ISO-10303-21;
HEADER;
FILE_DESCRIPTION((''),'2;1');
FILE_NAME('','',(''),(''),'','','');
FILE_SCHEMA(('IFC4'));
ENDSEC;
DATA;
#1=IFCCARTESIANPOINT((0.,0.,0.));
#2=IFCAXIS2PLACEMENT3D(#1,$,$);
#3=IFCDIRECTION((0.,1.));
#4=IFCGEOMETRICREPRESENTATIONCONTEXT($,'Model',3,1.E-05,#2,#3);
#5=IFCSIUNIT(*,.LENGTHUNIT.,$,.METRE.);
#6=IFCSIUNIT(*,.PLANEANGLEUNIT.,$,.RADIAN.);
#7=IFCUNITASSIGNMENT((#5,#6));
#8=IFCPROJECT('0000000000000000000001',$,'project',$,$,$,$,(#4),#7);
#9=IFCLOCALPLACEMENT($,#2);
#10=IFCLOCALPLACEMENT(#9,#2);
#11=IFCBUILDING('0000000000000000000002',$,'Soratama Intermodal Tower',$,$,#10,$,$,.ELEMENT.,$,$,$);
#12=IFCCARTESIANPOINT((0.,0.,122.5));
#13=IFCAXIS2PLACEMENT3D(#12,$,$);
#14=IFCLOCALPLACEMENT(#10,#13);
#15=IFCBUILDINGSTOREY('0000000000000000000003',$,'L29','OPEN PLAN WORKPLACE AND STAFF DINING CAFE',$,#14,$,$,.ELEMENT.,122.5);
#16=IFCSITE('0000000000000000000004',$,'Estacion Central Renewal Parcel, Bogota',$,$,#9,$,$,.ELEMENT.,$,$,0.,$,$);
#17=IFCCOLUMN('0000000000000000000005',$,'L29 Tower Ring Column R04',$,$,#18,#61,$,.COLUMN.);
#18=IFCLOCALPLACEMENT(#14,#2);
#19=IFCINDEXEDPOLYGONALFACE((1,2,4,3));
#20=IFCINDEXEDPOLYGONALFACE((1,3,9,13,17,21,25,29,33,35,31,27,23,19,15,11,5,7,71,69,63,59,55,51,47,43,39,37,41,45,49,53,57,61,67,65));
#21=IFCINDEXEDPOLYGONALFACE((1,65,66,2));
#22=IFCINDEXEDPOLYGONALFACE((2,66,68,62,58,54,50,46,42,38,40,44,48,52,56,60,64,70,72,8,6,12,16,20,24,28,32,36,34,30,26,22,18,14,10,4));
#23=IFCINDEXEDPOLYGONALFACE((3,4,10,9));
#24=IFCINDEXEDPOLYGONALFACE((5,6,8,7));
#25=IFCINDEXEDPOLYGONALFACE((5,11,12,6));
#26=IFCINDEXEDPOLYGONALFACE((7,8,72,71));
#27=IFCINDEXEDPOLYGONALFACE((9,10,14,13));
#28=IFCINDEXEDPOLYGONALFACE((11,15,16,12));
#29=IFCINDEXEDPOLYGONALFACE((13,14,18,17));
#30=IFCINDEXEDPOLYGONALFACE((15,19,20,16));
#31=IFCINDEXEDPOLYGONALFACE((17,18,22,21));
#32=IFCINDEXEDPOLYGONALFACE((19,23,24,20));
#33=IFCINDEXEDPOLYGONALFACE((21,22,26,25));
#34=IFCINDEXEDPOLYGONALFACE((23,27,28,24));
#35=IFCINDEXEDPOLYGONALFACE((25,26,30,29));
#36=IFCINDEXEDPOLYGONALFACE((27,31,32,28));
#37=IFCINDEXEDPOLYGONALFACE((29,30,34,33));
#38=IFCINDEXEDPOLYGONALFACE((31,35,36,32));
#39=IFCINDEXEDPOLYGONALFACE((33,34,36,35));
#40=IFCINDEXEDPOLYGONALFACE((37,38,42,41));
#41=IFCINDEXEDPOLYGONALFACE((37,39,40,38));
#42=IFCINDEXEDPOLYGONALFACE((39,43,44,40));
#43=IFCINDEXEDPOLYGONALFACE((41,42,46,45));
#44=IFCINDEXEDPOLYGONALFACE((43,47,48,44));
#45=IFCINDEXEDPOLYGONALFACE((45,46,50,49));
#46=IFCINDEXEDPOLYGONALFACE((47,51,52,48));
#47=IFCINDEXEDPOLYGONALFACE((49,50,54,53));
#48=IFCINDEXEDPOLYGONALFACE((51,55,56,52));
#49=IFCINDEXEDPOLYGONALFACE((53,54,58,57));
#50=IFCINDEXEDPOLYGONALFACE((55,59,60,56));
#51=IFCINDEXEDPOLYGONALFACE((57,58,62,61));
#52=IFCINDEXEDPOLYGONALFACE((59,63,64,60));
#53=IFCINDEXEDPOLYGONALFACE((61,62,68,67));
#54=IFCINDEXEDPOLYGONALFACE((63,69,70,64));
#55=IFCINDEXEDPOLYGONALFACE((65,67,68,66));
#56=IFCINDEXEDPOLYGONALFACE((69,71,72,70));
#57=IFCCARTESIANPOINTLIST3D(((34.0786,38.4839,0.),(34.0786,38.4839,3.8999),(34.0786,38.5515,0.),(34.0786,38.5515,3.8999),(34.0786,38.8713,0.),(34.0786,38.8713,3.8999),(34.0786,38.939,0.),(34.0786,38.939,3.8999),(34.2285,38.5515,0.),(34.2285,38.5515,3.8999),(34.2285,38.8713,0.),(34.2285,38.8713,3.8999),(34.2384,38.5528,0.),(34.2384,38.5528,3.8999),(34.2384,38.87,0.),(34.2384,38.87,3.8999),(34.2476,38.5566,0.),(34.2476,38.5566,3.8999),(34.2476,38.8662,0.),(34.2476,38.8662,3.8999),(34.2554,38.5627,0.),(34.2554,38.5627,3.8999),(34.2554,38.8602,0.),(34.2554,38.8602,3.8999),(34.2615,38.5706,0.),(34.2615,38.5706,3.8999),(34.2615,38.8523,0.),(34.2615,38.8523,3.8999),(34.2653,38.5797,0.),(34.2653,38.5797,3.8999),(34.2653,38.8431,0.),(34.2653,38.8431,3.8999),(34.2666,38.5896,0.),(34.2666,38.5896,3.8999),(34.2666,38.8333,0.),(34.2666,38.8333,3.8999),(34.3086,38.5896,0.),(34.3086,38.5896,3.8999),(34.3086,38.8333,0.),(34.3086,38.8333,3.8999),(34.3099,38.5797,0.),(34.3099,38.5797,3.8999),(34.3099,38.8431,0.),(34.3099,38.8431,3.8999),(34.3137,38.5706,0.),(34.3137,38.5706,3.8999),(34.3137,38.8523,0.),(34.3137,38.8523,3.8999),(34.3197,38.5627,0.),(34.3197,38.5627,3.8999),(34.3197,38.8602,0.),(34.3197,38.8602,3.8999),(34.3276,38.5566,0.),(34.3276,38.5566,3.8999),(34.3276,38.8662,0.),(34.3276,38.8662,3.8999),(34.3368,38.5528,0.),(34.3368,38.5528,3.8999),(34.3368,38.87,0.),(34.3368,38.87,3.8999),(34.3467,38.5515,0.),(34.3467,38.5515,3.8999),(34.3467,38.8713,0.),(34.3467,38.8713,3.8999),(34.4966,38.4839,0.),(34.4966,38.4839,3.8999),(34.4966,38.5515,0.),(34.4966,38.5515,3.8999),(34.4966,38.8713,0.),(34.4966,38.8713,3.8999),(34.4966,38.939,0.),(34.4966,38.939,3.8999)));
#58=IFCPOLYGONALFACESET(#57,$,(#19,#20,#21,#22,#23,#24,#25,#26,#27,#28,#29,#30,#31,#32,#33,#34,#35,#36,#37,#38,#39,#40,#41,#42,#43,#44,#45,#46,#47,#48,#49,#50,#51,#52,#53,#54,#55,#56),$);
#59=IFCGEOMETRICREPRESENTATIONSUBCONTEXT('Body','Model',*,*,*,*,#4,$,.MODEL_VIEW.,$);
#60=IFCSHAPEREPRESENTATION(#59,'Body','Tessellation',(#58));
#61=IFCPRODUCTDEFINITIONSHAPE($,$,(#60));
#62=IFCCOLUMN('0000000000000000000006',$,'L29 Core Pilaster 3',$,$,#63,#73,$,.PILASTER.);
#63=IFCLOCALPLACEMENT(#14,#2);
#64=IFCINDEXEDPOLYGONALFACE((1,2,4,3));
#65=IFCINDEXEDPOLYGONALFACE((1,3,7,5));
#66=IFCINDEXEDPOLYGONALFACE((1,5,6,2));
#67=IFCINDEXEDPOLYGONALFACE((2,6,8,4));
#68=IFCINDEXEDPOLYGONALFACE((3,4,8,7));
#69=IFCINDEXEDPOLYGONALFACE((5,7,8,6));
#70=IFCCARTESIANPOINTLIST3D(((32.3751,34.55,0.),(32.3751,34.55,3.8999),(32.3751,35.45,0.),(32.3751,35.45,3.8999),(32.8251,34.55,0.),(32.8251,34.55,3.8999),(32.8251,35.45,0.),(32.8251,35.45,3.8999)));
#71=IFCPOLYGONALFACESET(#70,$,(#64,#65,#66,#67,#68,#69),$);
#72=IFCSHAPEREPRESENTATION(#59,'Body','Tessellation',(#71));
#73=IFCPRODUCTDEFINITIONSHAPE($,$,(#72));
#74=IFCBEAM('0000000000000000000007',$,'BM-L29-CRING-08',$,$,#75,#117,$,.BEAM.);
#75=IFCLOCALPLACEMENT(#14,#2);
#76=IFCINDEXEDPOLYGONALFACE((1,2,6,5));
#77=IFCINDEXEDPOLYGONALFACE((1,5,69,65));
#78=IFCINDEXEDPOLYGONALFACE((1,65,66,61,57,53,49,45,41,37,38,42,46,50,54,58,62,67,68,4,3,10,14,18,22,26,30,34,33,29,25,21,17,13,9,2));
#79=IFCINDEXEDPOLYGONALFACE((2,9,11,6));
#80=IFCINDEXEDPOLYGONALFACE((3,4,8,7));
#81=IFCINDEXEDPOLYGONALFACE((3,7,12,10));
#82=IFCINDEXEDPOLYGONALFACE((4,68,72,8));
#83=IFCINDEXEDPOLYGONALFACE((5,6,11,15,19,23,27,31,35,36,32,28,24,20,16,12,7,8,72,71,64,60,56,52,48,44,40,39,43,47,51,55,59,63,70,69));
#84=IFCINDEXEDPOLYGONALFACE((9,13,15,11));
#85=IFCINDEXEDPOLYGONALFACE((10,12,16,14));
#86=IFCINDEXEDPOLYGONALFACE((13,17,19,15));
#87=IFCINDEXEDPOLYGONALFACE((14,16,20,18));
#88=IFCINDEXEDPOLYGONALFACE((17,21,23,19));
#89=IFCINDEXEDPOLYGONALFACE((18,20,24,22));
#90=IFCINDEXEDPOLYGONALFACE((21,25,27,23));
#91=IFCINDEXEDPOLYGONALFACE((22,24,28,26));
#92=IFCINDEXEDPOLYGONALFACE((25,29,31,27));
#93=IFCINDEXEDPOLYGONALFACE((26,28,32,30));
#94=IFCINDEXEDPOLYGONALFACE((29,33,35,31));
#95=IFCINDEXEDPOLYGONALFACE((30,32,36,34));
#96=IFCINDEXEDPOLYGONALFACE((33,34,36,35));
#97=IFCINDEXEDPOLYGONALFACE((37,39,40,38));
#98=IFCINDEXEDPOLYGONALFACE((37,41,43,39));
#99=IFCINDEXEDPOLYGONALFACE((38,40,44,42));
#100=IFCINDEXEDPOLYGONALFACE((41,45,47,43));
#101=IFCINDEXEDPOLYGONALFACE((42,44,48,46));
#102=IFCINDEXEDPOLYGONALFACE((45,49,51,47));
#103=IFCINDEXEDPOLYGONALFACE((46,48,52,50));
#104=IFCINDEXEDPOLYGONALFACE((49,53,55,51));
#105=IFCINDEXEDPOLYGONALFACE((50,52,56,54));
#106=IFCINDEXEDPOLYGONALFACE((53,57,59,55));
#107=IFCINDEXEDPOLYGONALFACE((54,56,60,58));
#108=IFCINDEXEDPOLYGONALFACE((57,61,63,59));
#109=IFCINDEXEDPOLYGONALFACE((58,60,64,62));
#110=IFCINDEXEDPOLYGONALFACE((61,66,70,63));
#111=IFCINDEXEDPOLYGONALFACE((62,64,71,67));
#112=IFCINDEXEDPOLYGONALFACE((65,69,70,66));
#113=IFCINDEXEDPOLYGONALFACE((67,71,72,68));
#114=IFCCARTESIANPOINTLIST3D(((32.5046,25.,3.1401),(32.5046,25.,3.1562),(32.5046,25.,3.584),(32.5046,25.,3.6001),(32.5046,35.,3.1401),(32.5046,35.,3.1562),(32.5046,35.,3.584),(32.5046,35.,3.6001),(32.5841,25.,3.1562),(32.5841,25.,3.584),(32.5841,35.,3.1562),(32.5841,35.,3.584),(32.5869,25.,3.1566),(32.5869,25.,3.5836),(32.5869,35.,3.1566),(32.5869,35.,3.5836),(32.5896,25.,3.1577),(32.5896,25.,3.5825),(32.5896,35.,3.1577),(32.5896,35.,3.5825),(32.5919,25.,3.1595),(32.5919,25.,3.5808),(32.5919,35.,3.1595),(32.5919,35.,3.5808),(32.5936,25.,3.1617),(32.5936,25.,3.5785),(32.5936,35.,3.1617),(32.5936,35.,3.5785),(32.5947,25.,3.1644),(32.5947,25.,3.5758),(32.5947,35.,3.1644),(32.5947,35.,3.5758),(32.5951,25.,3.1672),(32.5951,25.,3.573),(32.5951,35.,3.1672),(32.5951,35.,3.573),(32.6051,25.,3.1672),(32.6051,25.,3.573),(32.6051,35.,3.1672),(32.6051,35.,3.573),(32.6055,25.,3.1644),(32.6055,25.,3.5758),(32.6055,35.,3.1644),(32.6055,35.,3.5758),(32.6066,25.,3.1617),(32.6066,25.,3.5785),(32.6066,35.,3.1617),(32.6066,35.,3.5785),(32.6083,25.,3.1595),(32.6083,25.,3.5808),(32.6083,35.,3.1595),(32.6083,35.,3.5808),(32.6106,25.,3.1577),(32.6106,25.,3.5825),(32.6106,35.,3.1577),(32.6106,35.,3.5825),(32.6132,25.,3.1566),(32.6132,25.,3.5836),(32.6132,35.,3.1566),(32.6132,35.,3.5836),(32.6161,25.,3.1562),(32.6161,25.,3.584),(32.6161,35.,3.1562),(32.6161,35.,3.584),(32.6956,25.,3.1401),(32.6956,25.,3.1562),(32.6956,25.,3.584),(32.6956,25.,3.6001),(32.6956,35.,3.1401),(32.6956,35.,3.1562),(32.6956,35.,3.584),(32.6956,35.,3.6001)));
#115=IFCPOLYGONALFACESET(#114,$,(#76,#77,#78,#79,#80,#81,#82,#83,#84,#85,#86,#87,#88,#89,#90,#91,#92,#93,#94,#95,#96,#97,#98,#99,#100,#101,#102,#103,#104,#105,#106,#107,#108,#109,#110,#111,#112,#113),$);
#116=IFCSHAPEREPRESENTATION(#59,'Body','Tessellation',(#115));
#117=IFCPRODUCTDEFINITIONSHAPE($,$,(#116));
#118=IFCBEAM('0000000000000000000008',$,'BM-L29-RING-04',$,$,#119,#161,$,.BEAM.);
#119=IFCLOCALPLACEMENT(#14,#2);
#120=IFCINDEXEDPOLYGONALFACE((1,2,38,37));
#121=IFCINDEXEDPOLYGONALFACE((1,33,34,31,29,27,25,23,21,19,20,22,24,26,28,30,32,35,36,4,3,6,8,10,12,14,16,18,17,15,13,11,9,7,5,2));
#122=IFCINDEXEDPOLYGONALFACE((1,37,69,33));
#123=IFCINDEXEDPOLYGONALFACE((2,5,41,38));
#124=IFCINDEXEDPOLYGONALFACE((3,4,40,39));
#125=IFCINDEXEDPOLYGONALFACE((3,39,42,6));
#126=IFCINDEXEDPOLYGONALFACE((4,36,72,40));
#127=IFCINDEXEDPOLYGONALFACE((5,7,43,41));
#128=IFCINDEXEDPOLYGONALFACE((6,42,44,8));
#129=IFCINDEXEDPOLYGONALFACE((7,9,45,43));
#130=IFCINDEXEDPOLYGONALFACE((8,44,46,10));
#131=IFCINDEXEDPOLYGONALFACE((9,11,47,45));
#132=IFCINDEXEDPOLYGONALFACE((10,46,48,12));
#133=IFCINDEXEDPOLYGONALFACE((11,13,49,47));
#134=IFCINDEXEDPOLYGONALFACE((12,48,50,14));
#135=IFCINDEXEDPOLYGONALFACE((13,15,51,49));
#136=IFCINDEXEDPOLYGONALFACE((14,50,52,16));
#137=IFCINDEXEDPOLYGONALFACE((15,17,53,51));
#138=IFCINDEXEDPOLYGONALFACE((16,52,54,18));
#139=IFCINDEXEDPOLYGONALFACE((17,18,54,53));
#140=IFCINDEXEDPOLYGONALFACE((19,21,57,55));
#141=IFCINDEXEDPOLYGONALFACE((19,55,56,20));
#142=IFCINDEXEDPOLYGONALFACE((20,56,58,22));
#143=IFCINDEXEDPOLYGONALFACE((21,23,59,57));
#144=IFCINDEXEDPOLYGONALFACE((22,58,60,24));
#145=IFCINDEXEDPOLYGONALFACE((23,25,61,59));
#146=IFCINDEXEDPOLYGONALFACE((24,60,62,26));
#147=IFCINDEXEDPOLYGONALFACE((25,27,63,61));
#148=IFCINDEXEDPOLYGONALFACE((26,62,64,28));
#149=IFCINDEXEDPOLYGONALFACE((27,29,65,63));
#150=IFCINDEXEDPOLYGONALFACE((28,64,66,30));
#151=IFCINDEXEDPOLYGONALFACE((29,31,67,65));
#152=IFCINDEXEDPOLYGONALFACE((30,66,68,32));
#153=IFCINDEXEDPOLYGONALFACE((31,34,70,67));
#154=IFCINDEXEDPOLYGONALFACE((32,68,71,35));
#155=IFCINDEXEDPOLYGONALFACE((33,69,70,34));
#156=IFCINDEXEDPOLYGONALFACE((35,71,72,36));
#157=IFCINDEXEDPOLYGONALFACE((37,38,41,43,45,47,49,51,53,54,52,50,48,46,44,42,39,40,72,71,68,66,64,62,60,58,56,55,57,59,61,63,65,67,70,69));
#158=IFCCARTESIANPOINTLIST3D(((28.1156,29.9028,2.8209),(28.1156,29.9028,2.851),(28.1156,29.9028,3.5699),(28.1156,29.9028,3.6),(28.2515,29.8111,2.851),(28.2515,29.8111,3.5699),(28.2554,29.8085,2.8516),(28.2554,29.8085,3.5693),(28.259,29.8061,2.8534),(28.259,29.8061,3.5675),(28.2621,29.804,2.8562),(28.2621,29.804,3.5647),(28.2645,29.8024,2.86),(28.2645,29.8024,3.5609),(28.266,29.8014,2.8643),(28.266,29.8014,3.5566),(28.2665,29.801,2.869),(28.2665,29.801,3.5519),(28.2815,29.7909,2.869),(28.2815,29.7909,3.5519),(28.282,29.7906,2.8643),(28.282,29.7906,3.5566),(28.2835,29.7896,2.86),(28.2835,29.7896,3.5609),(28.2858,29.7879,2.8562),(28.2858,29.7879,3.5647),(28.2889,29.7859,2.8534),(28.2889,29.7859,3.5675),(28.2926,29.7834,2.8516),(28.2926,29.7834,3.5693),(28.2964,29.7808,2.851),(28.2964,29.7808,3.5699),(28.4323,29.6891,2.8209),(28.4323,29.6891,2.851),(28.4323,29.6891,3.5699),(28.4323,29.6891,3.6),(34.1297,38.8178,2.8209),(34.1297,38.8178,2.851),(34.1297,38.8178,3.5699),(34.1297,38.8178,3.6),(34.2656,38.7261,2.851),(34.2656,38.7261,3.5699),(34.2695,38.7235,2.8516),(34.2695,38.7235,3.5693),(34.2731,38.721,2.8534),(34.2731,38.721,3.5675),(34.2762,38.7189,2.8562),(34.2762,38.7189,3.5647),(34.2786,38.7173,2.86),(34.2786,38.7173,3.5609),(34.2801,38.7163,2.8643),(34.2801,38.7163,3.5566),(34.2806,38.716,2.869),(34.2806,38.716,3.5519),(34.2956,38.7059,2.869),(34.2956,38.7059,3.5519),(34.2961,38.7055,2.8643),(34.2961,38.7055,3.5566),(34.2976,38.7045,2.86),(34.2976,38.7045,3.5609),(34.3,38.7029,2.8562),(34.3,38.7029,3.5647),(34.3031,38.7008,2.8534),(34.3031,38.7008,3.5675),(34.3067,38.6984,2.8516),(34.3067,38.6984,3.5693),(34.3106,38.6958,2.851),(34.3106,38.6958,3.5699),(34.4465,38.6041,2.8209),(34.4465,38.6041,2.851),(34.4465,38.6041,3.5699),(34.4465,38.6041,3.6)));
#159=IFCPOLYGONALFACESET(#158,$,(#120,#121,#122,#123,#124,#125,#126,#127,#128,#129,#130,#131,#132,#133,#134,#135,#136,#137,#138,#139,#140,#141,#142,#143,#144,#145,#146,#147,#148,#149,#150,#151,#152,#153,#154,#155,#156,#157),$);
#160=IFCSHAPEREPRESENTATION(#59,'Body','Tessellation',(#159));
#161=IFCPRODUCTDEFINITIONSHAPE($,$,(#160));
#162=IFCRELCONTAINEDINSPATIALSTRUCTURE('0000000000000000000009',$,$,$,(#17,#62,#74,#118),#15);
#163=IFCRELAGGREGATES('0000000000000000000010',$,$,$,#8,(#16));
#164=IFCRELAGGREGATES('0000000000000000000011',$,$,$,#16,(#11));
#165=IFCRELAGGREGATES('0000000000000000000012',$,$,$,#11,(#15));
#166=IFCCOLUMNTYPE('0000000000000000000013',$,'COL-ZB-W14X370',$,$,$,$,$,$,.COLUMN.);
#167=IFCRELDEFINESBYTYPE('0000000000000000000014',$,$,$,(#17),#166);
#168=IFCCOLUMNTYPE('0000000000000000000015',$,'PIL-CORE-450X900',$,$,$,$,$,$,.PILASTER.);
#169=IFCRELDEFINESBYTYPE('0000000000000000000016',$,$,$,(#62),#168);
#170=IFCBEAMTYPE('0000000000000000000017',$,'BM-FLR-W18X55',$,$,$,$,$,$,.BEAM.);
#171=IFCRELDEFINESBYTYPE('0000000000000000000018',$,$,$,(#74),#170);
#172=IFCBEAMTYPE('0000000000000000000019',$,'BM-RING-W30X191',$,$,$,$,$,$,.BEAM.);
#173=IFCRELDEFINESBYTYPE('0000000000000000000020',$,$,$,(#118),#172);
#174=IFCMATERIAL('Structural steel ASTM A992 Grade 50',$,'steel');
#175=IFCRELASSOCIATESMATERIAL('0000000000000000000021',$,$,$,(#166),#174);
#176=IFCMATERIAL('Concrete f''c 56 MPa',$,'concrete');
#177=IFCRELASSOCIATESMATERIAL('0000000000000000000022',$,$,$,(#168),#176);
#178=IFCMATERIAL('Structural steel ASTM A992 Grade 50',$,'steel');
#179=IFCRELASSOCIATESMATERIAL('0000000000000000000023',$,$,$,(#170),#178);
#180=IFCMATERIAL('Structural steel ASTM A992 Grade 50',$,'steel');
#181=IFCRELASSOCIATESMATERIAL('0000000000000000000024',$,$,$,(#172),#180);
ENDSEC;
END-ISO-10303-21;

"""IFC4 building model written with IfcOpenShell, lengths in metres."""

from ifc_helpers import new_model, si_unit, direction, frame, origin, origin_2d, place, context, subcontext, project, spatial, rectangle, i_section, extrude, material, material_profile, profile_set, type_object, element, save


model = new_model("IFC4")

# Units and contexts
model_context = context("Model", 3, precision=1e-05, world=origin(), true_north=direction((0.0, 1.0)))
body_context = subcontext(model_context, "Body", "Model", "MODEL_VIEW")
ifc_project = project(units=[si_unit("LENGTHUNIT", "METRE"), si_unit("PLANEANGLEUNIT", "RADIAN")], contexts=[model_context])

# Site, building, storey
site_placement = place(None, origin())
site = spatial("IfcSite", under=ifc_project, at=site_placement, Name="Estacion Central Renewal Parcel, Bogota", CompositionType="ELEMENT", RefElevation=0.0)
building_placement = place(site_placement, origin())
building = spatial("IfcBuilding", under=site, at=building_placement, Name="Soratama Intermodal Tower", CompositionType="ELEMENT")
storey_placement = place(building_placement, frame((0.0, 0.0, 122.5)))
storey = spatial("IfcBuildingStorey", under=building, at=storey_placement, Name="L29", Description="OPEN PLAN WORKPLACE AND STAFF DINING CAFE", CompositionType="ELEMENT", Elevation=122.5)

# Columns
ifc_material_1 = material(Name="Structural steel ASTM A992 Grade 50", Category="steel")
ifc_material_profile_1 = material_profile(ifc_material_1, i_section(OverallWidth=0.418, OverallDepth=0.4551, WebThickness=0.042, FlangeThickness=0.0676, FilletRadius=0.0381, at=origin_2d()), Name="W14X370")
ifc_profile_set_1 = profile_set([ifc_material_profile_1], Name="Structural steel ASTM A992 Grade 50")
column_type_1 = type_object("IfcColumnType", Name="COL-ZB-W14X370", PredefinedType="COLUMN", material=ifc_profile_set_1)
column_1_placement = place(storey_placement, frame((34.2876, 38.7114, 0.0), z_axis=(0.0, 0.0, 1.0), x_axis=(1.0, 0.0, 0.0)))
element("IfcColumn", 1, at=column_1_placement, inside=storey, type_object=column_type_1, Name="L29 Tower Ring Column R04", PredefinedType="COLUMN", context=body_context, shape_type="SweptSolid", body=[
    extrude(i_section(OverallWidth=0.418, OverallDepth=0.4551, WebThickness=0.042, FlangeThickness=0.0676, FilletRadius=0.0381, at=origin_2d()), origin(), (0.0, 0.0, 1.0), 3.8999),
])
ifc_material_2 = material(Name="Concrete f'c 56 MPa", Category="concrete")
ifc_material_profile_2 = material_profile(ifc_material_2, rectangle(XDim=0.45, YDim=0.8999, at=origin_2d()), Name="RC450X900")
ifc_profile_set_2 = profile_set([ifc_material_profile_2], Name="Concrete f'c 56 MPa")
column_type_2 = type_object("IfcColumnType", Name="PIL-CORE-450X900", PredefinedType="PILASTER", material=ifc_profile_set_2)
column_2_placement = place(storey_placement, frame((32.6001, 35.0, 0.0), z_axis=(0.0, 0.0, 1.0), x_axis=(1.0, 0.0, 0.0)))
element("IfcColumn", 2, at=column_2_placement, inside=storey, type_object=column_type_2, Name="L29 Core Pilaster 3", PredefinedType="PILASTER", context=body_context, shape_type="SweptSolid", body=[
    extrude(rectangle(XDim=0.45, YDim=0.8999, at=origin_2d()), origin(), (0.0, 0.0, 1.0), 3.8999),
])

# Beams
ifc_material_3 = material(Name="Structural steel ASTM A992 Grade 50", Category="steel")
ifc_material_profile_3 = material_profile(ifc_material_3, i_section(OverallWidth=0.1909, OverallDepth=0.46, WebThickness=0.01, FlangeThickness=0.0161, FilletRadius=0.011, at=origin_2d()), Name="W18X55")
ifc_profile_set_3 = profile_set([ifc_material_profile_3], Name="Structural steel ASTM A992 Grade 50")
beam_type_1 = type_object("IfcBeamType", Name="BM-FLR-W18X55", PredefinedType="BEAM", material=ifc_profile_set_3)
beam_1_placement = place(storey_placement, frame((32.6001, 35.0, 3.3701), z_axis=(0.0, -1.0, 0.0), x_axis=(1.0, 0.0, 0.0)))
element("IfcBeam", 3, at=beam_1_placement, inside=storey, type_object=beam_type_1, Name="BM-L29-CRING-08", PredefinedType="BEAM", context=body_context, shape_type="SweptSolid", body=[
    extrude(i_section(OverallWidth=0.1909, OverallDepth=0.46, WebThickness=0.01, FlangeThickness=0.0161, FilletRadius=0.011, at=origin_2d()), origin(), (0.0, 0.0, 1.0), 10.0),
])
ifc_material_4 = material(Name="Structural steel ASTM A992 Grade 50", Category="steel")
ifc_material_profile_4 = material_profile(ifc_material_4, i_section(OverallWidth=0.3821, OverallDepth=0.7791, WebThickness=0.0181, FlangeThickness=0.03, FilletRadius=0.0181, at=origin_2d()), Name="W30X191")
ifc_profile_set_4 = profile_set([ifc_material_profile_4], Name="Structural steel ASTM A992 Grade 50")
beam_type_2 = type_object("IfcBeamType", Name="BM-RING-W30X191", PredefinedType="BEAM", material=ifc_profile_set_4)
beam_2_placement = place(storey_placement, frame((34.2881, 38.7109, 3.2104), z_axis=(-0.55925, -0.828999, 0.0), x_axis=(0.828999, -0.55925, 0.0)))
element("IfcBeam", 4, at=beam_2_placement, inside=storey, type_object=beam_type_2, Name="BM-L29-RING-04", PredefinedType="BEAM", context=body_context, shape_type="SweptSolid", body=[
    extrude(i_section(OverallWidth=0.3821, OverallDepth=0.7791, WebThickness=0.0181, FlangeThickness=0.03, FilletRadius=0.0181, at=origin_2d()), origin(), (0.0, 0.0, 1.0), 10.7539),
])

save(model, "model.ifc")
